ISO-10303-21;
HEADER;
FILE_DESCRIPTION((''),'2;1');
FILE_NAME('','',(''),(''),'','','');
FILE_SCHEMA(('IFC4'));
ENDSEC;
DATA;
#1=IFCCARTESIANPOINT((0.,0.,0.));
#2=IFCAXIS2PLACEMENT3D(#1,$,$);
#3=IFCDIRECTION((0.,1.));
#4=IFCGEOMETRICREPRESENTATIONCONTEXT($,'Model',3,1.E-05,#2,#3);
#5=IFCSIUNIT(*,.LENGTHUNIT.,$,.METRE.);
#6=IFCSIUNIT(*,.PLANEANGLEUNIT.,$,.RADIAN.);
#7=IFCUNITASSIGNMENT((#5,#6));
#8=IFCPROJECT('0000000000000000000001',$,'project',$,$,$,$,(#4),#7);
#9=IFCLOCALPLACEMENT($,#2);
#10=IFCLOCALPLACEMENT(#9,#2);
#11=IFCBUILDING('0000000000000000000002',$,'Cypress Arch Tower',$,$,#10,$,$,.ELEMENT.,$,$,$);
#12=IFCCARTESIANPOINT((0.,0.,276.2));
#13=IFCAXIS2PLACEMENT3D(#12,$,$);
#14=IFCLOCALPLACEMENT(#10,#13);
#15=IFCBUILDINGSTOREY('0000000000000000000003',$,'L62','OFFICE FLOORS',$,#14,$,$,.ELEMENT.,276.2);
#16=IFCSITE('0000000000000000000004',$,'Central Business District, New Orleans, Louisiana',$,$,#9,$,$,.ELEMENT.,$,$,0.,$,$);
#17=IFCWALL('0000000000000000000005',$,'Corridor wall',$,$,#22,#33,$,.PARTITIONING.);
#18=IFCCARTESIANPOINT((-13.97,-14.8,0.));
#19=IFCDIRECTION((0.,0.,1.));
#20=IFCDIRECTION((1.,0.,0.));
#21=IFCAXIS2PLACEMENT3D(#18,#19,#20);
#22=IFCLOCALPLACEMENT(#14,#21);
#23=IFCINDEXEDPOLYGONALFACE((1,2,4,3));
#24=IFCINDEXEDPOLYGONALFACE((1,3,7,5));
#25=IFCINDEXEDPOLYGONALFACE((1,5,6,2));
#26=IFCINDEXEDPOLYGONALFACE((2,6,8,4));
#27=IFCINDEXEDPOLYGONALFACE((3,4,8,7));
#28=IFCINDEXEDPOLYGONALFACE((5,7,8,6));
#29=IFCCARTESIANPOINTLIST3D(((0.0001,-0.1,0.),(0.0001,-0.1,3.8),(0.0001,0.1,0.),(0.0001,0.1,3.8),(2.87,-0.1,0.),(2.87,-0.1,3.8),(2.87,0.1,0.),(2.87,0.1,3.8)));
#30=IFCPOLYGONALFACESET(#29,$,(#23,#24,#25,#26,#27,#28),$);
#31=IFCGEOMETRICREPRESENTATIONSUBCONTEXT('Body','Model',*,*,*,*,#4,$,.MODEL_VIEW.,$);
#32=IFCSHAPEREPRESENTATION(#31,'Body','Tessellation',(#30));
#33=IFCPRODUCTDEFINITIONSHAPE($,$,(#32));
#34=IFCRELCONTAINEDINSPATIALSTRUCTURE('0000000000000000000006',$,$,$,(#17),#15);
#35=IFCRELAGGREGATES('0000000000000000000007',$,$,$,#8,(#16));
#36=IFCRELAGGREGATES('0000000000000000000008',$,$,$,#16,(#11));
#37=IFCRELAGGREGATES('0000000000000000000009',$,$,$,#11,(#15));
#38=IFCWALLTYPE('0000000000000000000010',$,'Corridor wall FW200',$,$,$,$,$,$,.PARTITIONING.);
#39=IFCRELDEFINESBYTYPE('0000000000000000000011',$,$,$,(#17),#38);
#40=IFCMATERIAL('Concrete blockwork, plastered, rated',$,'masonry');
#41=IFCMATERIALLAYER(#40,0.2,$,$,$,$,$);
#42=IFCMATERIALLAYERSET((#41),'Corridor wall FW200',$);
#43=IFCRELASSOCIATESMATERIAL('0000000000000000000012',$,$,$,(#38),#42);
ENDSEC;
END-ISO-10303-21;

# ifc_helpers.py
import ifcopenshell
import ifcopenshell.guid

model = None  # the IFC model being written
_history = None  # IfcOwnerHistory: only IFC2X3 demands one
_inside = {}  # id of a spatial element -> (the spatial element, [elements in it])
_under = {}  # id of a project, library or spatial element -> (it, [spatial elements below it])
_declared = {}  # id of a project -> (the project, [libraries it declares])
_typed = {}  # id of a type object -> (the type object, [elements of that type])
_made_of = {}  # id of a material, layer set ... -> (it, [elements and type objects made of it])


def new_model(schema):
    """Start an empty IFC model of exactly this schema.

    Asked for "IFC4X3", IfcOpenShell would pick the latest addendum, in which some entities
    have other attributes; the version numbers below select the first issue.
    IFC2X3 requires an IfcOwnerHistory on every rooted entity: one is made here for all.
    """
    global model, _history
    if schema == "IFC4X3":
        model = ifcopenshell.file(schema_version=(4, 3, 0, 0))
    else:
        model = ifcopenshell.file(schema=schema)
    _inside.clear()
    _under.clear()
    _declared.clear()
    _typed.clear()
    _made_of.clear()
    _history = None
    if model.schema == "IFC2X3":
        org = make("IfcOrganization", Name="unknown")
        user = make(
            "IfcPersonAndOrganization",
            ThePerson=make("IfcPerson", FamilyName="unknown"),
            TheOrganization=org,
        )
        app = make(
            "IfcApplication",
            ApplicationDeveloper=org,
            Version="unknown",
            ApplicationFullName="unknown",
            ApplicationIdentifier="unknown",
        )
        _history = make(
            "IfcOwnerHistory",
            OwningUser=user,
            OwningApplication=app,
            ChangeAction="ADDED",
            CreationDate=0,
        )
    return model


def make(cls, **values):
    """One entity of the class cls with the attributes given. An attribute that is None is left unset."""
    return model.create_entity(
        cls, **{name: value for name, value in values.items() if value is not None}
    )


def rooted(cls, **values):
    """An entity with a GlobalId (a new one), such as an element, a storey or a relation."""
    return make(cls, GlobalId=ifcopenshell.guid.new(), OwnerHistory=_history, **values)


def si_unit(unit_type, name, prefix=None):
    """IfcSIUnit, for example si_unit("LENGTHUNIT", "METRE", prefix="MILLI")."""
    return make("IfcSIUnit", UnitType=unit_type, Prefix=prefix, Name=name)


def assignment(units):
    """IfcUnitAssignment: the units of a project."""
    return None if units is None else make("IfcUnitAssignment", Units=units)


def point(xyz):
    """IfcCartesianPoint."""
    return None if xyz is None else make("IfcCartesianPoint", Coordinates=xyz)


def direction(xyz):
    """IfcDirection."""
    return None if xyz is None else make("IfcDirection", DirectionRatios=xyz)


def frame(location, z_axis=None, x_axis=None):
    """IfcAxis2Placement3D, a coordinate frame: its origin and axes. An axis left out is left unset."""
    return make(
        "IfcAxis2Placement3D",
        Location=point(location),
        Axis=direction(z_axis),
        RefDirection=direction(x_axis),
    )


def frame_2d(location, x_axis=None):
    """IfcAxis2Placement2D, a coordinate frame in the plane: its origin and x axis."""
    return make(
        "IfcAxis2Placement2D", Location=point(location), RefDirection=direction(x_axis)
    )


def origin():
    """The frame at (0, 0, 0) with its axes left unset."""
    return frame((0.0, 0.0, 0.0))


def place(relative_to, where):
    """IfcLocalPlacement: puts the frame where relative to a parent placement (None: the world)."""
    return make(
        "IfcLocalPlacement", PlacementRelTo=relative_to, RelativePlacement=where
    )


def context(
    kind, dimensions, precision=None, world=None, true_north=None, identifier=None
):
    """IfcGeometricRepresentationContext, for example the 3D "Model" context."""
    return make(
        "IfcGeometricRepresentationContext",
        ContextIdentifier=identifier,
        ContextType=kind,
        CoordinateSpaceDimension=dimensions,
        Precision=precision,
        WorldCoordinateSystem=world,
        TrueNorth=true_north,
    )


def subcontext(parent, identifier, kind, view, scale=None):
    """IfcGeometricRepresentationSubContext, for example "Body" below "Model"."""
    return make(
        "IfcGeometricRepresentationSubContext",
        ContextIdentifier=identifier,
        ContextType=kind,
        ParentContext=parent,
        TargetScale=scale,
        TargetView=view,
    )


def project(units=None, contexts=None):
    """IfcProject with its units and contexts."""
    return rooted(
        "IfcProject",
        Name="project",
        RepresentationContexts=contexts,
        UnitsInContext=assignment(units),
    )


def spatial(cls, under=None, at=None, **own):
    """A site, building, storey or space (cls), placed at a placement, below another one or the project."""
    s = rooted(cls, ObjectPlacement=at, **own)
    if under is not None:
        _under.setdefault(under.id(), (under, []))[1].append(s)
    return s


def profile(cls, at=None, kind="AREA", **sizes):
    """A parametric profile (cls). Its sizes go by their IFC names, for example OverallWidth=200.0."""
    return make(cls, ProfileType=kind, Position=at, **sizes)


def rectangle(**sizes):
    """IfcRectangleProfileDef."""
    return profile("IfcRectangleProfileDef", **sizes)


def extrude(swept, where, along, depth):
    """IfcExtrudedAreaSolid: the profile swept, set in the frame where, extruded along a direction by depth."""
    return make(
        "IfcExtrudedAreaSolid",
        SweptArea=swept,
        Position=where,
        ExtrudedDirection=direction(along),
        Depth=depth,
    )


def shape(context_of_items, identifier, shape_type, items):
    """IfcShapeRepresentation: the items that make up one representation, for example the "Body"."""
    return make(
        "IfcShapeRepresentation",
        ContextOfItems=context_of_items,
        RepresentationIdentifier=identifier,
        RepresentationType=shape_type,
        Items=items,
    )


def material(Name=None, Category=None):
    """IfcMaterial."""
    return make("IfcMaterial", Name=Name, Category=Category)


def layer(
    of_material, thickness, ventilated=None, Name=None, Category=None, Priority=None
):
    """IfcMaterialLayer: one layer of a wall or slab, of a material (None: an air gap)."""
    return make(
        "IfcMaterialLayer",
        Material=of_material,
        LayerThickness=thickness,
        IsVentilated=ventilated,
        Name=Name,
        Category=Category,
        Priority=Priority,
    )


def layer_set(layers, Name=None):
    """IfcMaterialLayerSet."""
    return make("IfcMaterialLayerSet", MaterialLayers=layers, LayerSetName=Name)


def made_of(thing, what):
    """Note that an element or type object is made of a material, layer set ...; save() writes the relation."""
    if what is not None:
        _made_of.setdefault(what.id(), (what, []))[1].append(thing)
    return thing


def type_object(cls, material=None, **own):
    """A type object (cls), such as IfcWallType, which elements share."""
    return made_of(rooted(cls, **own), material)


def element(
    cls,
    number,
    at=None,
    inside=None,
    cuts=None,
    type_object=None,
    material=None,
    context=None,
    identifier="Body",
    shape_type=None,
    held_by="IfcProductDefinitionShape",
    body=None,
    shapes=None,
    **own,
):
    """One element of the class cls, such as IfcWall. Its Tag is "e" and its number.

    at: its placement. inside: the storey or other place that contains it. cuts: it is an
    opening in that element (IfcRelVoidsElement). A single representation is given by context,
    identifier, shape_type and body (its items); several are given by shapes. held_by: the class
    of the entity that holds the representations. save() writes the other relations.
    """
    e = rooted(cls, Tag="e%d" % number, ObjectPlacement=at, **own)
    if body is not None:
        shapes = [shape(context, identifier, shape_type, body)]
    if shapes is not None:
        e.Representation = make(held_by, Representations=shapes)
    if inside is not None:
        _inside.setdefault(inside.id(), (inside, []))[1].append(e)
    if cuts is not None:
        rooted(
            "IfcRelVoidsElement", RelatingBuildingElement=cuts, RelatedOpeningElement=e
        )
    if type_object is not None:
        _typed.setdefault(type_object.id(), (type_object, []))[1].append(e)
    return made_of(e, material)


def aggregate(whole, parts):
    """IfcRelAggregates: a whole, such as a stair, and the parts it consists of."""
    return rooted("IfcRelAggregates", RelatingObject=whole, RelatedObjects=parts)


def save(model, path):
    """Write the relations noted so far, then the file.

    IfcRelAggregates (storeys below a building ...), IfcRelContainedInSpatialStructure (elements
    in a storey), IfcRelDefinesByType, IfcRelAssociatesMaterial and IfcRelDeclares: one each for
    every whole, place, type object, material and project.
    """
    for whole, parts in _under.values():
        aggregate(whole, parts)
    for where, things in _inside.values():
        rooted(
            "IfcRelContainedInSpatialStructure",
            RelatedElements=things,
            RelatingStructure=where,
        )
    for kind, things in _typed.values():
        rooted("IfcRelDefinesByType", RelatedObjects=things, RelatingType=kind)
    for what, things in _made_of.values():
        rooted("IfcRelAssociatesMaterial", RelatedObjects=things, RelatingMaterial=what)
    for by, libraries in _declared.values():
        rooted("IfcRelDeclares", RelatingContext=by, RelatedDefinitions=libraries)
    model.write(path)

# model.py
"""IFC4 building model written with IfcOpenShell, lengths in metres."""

from ifc_helpers import new_model, si_unit, direction, frame, frame_2d, origin, place, context, subcontext, project, spatial, rectangle, extrude, material, layer, layer_set, type_object, element, save


model = new_model("IFC4")

# Units and contexts
model_context = context("Model", 3, precision=1e-05, world=origin(), true_north=direction((0.0, 1.0)))
body_context = subcontext(model_context, "Body", "Model", "MODEL_VIEW")
ifc_project = project(units=[si_unit("LENGTHUNIT", "METRE"), si_unit("PLANEANGLEUNIT", "RADIAN")], contexts=[model_context])

# Site, building, storey
site_placement = place(None, origin())
site = spatial("IfcSite", under=ifc_project, at=site_placement, Name="Central Business District, New Orleans, Louisiana", CompositionType="ELEMENT", RefElevation=0.0)
building_placement = place(site_placement, origin())
building = spatial("IfcBuilding", under=site, at=building_placement, Name="Cypress Arch Tower", CompositionType="ELEMENT")
storey_placement = place(building_placement, frame((0.0, 0.0, 276.2)))
storey = spatial("IfcBuildingStorey", under=building, at=storey_placement, Name="L62", Description="OFFICE FLOORS", CompositionType="ELEMENT", Elevation=276.2)

# Wall
ifc_material_1 = material(Name="Concrete blockwork, plastered, rated", Category="masonry")
ifc_layer_1 = layer(ifc_material_1, 0.2)
ifc_layer_set_1 = layer_set([ifc_layer_1], Name="Corridor wall FW200")
wall_type_1 = type_object("IfcWallType", Name="Corridor wall FW200", PredefinedType="PARTITIONING", material=ifc_layer_set_1)
wall_1_placement = place(storey_placement, frame((-13.97, -14.8, 0.0), z_axis=(0.0, 0.0, 1.0), x_axis=(1.0, 0.0, 0.0)))
element("IfcWall", 1, at=wall_1_placement, inside=storey, type_object=wall_type_1, Name="Corridor wall", PredefinedType="PARTITIONING", context=body_context, shape_type="SweptSolid", body=[
    extrude(rectangle(XDim=2.8699, YDim=0.2, at=frame_2d((1.4351, 0.0))), origin(), (0.0, 0.0, 1.0), 3.8),
])

save(model, "model.ifc")
